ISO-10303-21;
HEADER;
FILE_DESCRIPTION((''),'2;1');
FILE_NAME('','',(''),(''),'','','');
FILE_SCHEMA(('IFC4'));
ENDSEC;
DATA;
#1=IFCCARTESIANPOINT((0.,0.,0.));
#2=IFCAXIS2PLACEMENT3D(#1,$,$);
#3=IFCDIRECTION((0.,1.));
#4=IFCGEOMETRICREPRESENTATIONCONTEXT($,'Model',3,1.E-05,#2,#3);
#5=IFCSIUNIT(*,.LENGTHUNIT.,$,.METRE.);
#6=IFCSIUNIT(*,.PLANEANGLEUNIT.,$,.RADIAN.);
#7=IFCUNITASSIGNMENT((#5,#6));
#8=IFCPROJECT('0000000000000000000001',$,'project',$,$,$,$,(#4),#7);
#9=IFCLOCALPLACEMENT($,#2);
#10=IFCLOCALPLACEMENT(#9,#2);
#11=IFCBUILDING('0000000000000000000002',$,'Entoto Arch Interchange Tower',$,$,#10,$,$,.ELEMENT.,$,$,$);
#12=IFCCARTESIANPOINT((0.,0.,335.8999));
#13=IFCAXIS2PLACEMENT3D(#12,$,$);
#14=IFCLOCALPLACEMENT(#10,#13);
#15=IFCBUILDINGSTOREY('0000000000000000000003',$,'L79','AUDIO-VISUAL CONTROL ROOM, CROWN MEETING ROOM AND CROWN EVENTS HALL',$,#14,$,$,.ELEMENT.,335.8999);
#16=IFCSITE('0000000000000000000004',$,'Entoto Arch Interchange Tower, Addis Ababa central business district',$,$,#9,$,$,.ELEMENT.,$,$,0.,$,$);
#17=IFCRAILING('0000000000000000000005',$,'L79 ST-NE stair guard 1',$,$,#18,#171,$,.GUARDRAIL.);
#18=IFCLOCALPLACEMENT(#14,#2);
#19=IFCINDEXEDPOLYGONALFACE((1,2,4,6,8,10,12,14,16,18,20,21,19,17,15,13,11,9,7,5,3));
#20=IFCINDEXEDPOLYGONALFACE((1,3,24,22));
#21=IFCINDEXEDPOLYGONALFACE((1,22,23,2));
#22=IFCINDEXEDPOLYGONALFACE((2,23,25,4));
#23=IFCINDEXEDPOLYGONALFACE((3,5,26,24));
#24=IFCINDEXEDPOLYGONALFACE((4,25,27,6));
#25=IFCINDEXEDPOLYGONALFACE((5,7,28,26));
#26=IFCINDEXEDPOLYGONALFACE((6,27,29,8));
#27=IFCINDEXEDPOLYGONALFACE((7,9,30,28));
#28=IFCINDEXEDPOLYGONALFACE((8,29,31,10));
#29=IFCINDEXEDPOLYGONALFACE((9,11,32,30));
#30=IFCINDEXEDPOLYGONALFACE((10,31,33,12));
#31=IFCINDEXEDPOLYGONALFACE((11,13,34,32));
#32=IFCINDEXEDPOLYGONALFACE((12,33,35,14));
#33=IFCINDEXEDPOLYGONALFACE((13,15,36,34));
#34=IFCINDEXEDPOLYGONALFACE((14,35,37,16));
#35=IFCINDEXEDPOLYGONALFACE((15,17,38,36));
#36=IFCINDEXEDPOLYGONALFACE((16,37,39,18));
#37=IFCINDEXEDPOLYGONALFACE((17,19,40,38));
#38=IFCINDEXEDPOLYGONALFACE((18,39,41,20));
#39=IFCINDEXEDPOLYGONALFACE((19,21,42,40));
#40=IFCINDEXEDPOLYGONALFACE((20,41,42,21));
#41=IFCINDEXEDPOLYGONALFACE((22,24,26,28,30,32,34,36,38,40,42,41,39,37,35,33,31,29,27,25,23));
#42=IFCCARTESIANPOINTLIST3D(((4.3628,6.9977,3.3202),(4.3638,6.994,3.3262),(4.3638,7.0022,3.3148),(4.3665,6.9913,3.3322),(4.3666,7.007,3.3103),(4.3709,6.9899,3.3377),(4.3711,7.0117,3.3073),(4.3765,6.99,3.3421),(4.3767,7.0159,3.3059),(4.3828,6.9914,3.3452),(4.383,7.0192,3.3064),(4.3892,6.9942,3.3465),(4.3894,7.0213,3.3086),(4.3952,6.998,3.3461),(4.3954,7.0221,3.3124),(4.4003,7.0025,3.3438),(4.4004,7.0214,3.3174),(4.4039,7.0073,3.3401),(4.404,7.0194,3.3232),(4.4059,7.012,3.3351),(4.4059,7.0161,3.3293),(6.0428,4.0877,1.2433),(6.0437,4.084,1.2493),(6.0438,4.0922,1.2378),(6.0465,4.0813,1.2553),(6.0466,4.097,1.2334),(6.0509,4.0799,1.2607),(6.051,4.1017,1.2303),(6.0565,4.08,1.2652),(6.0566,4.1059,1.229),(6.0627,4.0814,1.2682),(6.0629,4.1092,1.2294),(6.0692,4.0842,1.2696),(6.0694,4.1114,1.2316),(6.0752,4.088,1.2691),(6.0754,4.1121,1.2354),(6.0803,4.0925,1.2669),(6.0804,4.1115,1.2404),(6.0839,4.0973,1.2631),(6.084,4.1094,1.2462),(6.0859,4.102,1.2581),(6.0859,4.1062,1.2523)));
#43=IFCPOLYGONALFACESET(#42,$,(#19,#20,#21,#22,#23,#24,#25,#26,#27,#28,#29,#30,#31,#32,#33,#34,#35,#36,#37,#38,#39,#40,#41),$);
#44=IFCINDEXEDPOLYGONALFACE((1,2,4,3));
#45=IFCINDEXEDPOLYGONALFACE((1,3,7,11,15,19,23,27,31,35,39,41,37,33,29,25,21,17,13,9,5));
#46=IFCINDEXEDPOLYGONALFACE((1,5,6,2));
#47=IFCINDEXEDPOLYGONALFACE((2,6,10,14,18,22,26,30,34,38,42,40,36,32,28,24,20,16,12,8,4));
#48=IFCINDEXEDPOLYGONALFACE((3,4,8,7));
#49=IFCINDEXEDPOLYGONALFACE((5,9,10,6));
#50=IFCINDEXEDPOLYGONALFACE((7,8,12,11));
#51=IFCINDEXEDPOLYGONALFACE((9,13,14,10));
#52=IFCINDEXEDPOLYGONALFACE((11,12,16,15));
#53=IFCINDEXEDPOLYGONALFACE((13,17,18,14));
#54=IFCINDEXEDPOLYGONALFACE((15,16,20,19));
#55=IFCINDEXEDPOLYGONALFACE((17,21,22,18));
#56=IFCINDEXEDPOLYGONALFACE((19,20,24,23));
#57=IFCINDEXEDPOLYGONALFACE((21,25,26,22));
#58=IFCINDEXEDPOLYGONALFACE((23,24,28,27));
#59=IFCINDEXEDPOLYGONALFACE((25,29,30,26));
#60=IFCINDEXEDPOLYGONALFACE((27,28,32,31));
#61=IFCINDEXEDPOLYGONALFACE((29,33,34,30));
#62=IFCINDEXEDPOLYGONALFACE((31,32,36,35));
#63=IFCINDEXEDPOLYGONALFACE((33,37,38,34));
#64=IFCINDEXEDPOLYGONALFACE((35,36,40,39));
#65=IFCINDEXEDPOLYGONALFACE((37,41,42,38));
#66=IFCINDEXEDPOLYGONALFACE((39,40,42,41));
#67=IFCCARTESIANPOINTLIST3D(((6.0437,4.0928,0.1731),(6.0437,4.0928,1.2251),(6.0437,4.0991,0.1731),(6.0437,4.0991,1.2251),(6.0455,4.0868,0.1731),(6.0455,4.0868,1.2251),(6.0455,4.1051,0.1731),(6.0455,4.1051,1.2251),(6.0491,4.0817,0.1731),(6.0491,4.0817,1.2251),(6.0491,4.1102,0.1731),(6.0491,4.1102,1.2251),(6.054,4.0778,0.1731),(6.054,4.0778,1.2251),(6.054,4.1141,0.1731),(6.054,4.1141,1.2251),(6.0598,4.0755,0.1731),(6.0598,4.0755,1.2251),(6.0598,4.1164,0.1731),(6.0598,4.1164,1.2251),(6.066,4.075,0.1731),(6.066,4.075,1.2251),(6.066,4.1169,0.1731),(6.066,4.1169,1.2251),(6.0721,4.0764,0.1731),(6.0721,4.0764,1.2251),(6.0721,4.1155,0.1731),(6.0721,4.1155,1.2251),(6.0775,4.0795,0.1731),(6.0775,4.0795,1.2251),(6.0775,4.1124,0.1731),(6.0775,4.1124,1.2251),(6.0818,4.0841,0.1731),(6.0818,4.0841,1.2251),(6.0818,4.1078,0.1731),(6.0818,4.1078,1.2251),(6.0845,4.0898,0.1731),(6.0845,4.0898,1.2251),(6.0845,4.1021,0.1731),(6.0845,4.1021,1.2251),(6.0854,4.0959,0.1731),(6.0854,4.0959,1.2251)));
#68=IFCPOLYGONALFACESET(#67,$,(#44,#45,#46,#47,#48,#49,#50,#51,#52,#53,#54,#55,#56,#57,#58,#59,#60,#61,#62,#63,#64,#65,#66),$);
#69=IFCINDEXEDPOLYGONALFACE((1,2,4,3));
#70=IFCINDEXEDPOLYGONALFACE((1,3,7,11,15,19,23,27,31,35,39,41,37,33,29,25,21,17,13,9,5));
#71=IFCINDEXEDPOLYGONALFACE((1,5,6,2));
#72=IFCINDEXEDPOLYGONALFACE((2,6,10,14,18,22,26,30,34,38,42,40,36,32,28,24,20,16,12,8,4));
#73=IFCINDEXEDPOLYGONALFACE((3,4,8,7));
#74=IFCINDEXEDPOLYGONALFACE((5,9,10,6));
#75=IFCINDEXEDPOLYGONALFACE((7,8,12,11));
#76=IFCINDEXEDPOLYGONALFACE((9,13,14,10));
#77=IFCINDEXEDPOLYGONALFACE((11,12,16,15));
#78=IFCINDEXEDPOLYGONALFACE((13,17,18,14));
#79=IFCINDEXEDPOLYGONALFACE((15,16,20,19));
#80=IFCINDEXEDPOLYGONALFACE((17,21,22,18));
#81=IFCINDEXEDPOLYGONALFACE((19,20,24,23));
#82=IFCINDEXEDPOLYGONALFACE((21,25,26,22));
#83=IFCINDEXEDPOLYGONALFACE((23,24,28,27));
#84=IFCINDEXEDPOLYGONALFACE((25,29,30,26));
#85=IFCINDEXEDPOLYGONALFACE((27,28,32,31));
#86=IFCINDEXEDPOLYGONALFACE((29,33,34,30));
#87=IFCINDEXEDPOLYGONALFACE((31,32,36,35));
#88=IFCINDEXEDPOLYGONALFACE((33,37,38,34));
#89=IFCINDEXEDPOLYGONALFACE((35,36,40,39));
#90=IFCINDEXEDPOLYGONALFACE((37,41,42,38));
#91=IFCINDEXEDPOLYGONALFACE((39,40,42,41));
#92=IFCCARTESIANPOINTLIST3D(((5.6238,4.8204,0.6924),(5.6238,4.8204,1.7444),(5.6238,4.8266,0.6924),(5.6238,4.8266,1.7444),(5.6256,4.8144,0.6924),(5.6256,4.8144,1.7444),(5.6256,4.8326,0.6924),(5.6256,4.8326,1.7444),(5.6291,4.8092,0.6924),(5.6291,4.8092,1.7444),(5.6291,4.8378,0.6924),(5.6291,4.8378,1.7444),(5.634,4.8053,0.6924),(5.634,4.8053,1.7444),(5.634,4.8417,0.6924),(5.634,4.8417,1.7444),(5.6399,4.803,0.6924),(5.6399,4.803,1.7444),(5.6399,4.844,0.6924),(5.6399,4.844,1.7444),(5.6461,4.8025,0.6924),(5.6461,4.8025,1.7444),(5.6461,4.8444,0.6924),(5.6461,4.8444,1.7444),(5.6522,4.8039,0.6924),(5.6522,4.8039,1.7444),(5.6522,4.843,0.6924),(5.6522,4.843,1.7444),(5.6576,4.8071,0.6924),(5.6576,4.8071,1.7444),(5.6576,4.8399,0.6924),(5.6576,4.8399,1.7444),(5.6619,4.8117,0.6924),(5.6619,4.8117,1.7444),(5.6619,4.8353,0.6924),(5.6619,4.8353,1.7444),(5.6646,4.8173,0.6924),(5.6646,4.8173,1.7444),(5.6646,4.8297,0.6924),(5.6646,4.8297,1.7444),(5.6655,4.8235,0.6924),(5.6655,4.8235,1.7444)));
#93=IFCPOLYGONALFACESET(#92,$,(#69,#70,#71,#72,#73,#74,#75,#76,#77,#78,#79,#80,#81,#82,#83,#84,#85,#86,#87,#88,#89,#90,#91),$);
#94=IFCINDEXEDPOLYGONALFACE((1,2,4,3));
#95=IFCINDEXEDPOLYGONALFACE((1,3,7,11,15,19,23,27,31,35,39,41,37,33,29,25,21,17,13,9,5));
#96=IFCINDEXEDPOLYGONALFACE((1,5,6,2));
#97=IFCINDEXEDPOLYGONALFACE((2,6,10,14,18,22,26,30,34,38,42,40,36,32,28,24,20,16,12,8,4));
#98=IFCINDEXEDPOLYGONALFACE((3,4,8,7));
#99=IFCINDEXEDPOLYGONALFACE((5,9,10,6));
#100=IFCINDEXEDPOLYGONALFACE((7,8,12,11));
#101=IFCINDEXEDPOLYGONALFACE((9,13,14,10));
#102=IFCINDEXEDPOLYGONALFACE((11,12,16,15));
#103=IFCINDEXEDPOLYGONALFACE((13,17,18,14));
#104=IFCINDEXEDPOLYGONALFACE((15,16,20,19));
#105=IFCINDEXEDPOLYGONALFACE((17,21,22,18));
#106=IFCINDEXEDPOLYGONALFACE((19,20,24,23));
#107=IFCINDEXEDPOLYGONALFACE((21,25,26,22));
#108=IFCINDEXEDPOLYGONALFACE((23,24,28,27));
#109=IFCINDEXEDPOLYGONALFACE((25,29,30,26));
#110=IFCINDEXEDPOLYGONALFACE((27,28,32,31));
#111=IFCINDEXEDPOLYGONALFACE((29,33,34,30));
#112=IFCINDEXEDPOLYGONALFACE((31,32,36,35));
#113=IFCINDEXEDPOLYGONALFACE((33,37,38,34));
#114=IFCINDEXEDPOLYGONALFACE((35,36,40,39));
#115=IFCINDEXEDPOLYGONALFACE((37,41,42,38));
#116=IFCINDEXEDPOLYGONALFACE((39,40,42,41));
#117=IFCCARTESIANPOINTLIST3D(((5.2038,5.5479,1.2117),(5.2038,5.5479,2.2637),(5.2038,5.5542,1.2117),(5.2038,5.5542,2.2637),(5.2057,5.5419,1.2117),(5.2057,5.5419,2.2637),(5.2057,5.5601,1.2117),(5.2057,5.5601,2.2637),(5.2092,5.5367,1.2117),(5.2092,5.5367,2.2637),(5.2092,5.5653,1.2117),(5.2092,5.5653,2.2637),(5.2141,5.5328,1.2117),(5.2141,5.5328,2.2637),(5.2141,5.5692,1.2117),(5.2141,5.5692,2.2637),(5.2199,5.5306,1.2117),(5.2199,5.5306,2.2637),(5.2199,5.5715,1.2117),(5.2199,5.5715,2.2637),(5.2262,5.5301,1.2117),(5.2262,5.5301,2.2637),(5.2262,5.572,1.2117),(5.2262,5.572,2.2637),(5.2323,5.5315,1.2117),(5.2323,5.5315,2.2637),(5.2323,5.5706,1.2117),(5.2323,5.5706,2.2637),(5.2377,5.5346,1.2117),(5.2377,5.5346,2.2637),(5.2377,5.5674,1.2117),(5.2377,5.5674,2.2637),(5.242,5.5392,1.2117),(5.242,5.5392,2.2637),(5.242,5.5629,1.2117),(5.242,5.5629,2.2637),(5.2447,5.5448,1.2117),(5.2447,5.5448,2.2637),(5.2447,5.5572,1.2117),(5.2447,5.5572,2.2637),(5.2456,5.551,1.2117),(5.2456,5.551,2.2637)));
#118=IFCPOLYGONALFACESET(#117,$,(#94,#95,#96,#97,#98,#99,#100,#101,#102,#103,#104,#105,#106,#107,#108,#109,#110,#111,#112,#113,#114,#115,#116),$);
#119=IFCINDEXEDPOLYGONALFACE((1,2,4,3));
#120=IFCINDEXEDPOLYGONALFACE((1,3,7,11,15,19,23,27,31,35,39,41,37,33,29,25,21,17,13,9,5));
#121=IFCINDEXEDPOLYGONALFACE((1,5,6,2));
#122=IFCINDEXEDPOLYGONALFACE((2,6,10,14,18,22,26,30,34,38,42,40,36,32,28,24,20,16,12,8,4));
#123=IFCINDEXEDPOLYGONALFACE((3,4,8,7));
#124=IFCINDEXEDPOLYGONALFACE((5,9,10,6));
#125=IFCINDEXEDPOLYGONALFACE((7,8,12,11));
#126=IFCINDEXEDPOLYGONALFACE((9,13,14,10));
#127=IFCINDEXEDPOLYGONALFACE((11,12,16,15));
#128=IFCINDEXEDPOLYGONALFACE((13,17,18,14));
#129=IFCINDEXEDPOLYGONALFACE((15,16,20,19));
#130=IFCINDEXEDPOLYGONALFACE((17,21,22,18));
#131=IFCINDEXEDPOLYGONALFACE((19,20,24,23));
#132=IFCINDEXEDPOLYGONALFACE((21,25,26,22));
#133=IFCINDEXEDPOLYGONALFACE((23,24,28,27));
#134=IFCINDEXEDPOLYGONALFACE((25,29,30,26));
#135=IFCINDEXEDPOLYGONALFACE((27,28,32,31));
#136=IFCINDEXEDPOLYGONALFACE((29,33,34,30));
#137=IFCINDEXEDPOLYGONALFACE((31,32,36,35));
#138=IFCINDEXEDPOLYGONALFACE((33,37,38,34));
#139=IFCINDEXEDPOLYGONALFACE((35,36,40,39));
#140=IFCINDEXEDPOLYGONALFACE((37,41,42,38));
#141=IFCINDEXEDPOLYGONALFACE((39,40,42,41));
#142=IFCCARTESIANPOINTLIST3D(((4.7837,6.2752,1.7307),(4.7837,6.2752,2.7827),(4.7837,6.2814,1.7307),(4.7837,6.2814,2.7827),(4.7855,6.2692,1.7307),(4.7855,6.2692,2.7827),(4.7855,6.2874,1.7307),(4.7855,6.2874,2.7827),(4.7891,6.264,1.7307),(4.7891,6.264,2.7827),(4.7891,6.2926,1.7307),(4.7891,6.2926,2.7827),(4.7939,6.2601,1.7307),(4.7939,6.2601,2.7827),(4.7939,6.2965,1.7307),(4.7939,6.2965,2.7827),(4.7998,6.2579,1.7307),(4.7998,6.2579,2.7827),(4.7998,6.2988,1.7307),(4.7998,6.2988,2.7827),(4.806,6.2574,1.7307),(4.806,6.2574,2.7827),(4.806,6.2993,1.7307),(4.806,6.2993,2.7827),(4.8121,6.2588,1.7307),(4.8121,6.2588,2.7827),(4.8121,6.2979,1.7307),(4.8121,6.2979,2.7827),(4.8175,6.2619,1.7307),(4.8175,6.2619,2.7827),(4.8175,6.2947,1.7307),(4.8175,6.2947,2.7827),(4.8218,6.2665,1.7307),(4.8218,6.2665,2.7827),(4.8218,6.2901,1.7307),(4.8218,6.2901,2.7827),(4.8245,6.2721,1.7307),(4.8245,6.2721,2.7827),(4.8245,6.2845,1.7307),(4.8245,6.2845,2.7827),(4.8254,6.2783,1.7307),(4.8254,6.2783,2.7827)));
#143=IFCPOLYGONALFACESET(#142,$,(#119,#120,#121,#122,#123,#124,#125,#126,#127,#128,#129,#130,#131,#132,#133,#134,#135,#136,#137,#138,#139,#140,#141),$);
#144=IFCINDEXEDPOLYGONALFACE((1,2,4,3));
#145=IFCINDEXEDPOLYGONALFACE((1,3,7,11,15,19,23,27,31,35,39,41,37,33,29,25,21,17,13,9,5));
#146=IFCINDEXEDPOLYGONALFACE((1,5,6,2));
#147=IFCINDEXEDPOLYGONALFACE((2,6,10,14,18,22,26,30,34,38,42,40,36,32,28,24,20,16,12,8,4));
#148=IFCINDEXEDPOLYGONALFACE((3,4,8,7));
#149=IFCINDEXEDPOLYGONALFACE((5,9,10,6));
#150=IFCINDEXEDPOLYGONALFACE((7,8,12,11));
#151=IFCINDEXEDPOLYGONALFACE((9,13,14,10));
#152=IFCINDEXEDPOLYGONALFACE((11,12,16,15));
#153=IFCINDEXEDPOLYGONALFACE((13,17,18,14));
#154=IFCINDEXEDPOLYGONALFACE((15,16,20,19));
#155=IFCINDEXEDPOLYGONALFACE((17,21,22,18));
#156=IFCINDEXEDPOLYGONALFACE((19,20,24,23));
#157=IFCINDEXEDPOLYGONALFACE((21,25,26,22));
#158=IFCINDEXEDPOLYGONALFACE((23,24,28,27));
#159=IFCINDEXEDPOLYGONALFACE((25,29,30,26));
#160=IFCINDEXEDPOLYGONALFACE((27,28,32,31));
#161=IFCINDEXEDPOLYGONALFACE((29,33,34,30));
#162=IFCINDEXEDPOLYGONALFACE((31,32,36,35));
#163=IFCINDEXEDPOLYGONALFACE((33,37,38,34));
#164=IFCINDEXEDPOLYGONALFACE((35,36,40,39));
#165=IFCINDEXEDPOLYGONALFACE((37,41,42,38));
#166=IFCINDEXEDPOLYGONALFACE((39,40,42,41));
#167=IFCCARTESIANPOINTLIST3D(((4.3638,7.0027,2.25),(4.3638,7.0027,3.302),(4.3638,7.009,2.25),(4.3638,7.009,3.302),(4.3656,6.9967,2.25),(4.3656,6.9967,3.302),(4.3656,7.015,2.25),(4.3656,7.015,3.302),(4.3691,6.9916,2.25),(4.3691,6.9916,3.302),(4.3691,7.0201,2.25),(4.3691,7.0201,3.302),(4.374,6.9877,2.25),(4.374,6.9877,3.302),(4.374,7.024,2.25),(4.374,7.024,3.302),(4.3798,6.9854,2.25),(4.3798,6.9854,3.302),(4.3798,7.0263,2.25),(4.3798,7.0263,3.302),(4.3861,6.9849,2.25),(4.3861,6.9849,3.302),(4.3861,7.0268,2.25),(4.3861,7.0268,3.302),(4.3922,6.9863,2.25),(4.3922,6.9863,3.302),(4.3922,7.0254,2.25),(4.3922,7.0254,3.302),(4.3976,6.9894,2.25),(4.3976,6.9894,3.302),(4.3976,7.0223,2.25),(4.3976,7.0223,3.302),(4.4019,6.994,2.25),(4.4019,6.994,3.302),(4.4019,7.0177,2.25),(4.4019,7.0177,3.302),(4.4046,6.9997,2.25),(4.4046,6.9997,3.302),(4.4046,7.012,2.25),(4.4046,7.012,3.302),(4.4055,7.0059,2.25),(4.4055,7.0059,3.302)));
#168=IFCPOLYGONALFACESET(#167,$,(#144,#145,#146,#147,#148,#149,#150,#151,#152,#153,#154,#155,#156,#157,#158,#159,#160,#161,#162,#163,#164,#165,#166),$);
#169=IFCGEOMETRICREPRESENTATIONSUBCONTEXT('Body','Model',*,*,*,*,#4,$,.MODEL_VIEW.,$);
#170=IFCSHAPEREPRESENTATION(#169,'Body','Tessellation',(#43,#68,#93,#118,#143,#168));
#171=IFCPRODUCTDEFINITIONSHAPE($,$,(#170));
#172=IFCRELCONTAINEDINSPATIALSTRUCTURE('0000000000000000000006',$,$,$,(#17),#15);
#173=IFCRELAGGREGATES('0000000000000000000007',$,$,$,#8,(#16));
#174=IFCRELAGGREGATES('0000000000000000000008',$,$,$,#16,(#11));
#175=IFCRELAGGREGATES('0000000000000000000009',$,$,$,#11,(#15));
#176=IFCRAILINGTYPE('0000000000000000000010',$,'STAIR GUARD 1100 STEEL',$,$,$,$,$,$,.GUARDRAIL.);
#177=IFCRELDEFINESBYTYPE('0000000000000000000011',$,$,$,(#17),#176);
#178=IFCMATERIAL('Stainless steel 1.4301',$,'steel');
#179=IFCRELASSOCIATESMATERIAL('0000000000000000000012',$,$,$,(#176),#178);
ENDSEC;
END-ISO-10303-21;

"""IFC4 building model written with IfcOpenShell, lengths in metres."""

from ifc_helpers import new_model, si_unit, direction, frame, origin, origin_2d, place, context, subcontext, project, spatial, circle, extrude, material, type_object, element, save


model = new_model("IFC4")

# Units and contexts
model_context = context("Model", 3, precision=1e-05, world=origin(), true_north=direction((0.0, 1.0)))
body_context = subcontext(model_context, "Body", "Model", "MODEL_VIEW")
ifc_project = project(units=[si_unit("LENGTHUNIT", "METRE"), si_unit("PLANEANGLEUNIT", "RADIAN")], contexts=[model_context])

# Site, building, storey
site_placement = place(None, origin())
site = spatial("IfcSite", under=ifc_project, at=site_placement, Name="Entoto Arch Interchange Tower, Addis Ababa central business district", CompositionType="ELEMENT", RefElevation=0.0)
building_placement = place(site_placement, origin())
building = spatial("IfcBuilding", under=site, at=building_placement, Name="Entoto Arch Interchange Tower", CompositionType="ELEMENT")
storey_placement = place(building_placement, frame((0.0, 0.0, 335.8999)))
storey = spatial("IfcBuildingStorey", under=building, at=storey_placement, Name="L79", Description="AUDIO-VISUAL CONTROL ROOM, CROWN MEETING ROOM AND CROWN EVENTS HALL", CompositionType="ELEMENT", Elevation=335.8999)

# Railing
ifc_material_1 = material(Name="Stainless steel 1.4301", Category="steel")
railing_type_1 = type_object("IfcRailingType", Name="STAIR GUARD 1100 STEEL", PredefinedType="GUARDRAIL", material=ifc_material_1)
railing_1_placement = place(storey_placement, frame((6.0645, 4.0959, 0.1731)))
element("IfcRailing", 1, at=railing_1_placement, inside=storey, type_object=railing_type_1, Name="L79 ST-NE stair guard 1", PredefinedType="GUARDRAIL", context=body_context, shape_type="SweptSolid", body=[
    extrude(circle(Radius=0.0239, at=origin_2d()), frame((0.0, 0.0, 1.0762), z_axis=(-0.425288, 0.736668, 0.525785), x_axis=(-0.866039, -0.499976, 0.0)), (0.0, 0.0, 1.0), 3.9502),
    extrude(circle(Radius=0.021, at=origin_2d()), origin(), (0.0, 0.0, 1.0), 1.052),
    extrude(circle(Radius=0.021, at=origin_2d()), frame((-0.4199, 0.7275, 0.5193)), (0.0, 0.0, 1.0), 1.052),
    extrude(circle(Radius=0.021, at=origin_2d()), frame((-0.8398, 1.4551, 1.0386)), (0.0, 0.0, 1.0), 1.052),
    extrude(circle(Radius=0.021, at=origin_2d()), frame((-1.26, 2.1824, 1.5576)), (0.0, 0.0, 1.0), 1.052),
    extrude(circle(Radius=0.021, at=origin_2d()), frame((-1.6799, 2.9099, 2.0769)), (0.0, 0.0, 1.0), 1.052),
])

save(model, "model.ifc")
